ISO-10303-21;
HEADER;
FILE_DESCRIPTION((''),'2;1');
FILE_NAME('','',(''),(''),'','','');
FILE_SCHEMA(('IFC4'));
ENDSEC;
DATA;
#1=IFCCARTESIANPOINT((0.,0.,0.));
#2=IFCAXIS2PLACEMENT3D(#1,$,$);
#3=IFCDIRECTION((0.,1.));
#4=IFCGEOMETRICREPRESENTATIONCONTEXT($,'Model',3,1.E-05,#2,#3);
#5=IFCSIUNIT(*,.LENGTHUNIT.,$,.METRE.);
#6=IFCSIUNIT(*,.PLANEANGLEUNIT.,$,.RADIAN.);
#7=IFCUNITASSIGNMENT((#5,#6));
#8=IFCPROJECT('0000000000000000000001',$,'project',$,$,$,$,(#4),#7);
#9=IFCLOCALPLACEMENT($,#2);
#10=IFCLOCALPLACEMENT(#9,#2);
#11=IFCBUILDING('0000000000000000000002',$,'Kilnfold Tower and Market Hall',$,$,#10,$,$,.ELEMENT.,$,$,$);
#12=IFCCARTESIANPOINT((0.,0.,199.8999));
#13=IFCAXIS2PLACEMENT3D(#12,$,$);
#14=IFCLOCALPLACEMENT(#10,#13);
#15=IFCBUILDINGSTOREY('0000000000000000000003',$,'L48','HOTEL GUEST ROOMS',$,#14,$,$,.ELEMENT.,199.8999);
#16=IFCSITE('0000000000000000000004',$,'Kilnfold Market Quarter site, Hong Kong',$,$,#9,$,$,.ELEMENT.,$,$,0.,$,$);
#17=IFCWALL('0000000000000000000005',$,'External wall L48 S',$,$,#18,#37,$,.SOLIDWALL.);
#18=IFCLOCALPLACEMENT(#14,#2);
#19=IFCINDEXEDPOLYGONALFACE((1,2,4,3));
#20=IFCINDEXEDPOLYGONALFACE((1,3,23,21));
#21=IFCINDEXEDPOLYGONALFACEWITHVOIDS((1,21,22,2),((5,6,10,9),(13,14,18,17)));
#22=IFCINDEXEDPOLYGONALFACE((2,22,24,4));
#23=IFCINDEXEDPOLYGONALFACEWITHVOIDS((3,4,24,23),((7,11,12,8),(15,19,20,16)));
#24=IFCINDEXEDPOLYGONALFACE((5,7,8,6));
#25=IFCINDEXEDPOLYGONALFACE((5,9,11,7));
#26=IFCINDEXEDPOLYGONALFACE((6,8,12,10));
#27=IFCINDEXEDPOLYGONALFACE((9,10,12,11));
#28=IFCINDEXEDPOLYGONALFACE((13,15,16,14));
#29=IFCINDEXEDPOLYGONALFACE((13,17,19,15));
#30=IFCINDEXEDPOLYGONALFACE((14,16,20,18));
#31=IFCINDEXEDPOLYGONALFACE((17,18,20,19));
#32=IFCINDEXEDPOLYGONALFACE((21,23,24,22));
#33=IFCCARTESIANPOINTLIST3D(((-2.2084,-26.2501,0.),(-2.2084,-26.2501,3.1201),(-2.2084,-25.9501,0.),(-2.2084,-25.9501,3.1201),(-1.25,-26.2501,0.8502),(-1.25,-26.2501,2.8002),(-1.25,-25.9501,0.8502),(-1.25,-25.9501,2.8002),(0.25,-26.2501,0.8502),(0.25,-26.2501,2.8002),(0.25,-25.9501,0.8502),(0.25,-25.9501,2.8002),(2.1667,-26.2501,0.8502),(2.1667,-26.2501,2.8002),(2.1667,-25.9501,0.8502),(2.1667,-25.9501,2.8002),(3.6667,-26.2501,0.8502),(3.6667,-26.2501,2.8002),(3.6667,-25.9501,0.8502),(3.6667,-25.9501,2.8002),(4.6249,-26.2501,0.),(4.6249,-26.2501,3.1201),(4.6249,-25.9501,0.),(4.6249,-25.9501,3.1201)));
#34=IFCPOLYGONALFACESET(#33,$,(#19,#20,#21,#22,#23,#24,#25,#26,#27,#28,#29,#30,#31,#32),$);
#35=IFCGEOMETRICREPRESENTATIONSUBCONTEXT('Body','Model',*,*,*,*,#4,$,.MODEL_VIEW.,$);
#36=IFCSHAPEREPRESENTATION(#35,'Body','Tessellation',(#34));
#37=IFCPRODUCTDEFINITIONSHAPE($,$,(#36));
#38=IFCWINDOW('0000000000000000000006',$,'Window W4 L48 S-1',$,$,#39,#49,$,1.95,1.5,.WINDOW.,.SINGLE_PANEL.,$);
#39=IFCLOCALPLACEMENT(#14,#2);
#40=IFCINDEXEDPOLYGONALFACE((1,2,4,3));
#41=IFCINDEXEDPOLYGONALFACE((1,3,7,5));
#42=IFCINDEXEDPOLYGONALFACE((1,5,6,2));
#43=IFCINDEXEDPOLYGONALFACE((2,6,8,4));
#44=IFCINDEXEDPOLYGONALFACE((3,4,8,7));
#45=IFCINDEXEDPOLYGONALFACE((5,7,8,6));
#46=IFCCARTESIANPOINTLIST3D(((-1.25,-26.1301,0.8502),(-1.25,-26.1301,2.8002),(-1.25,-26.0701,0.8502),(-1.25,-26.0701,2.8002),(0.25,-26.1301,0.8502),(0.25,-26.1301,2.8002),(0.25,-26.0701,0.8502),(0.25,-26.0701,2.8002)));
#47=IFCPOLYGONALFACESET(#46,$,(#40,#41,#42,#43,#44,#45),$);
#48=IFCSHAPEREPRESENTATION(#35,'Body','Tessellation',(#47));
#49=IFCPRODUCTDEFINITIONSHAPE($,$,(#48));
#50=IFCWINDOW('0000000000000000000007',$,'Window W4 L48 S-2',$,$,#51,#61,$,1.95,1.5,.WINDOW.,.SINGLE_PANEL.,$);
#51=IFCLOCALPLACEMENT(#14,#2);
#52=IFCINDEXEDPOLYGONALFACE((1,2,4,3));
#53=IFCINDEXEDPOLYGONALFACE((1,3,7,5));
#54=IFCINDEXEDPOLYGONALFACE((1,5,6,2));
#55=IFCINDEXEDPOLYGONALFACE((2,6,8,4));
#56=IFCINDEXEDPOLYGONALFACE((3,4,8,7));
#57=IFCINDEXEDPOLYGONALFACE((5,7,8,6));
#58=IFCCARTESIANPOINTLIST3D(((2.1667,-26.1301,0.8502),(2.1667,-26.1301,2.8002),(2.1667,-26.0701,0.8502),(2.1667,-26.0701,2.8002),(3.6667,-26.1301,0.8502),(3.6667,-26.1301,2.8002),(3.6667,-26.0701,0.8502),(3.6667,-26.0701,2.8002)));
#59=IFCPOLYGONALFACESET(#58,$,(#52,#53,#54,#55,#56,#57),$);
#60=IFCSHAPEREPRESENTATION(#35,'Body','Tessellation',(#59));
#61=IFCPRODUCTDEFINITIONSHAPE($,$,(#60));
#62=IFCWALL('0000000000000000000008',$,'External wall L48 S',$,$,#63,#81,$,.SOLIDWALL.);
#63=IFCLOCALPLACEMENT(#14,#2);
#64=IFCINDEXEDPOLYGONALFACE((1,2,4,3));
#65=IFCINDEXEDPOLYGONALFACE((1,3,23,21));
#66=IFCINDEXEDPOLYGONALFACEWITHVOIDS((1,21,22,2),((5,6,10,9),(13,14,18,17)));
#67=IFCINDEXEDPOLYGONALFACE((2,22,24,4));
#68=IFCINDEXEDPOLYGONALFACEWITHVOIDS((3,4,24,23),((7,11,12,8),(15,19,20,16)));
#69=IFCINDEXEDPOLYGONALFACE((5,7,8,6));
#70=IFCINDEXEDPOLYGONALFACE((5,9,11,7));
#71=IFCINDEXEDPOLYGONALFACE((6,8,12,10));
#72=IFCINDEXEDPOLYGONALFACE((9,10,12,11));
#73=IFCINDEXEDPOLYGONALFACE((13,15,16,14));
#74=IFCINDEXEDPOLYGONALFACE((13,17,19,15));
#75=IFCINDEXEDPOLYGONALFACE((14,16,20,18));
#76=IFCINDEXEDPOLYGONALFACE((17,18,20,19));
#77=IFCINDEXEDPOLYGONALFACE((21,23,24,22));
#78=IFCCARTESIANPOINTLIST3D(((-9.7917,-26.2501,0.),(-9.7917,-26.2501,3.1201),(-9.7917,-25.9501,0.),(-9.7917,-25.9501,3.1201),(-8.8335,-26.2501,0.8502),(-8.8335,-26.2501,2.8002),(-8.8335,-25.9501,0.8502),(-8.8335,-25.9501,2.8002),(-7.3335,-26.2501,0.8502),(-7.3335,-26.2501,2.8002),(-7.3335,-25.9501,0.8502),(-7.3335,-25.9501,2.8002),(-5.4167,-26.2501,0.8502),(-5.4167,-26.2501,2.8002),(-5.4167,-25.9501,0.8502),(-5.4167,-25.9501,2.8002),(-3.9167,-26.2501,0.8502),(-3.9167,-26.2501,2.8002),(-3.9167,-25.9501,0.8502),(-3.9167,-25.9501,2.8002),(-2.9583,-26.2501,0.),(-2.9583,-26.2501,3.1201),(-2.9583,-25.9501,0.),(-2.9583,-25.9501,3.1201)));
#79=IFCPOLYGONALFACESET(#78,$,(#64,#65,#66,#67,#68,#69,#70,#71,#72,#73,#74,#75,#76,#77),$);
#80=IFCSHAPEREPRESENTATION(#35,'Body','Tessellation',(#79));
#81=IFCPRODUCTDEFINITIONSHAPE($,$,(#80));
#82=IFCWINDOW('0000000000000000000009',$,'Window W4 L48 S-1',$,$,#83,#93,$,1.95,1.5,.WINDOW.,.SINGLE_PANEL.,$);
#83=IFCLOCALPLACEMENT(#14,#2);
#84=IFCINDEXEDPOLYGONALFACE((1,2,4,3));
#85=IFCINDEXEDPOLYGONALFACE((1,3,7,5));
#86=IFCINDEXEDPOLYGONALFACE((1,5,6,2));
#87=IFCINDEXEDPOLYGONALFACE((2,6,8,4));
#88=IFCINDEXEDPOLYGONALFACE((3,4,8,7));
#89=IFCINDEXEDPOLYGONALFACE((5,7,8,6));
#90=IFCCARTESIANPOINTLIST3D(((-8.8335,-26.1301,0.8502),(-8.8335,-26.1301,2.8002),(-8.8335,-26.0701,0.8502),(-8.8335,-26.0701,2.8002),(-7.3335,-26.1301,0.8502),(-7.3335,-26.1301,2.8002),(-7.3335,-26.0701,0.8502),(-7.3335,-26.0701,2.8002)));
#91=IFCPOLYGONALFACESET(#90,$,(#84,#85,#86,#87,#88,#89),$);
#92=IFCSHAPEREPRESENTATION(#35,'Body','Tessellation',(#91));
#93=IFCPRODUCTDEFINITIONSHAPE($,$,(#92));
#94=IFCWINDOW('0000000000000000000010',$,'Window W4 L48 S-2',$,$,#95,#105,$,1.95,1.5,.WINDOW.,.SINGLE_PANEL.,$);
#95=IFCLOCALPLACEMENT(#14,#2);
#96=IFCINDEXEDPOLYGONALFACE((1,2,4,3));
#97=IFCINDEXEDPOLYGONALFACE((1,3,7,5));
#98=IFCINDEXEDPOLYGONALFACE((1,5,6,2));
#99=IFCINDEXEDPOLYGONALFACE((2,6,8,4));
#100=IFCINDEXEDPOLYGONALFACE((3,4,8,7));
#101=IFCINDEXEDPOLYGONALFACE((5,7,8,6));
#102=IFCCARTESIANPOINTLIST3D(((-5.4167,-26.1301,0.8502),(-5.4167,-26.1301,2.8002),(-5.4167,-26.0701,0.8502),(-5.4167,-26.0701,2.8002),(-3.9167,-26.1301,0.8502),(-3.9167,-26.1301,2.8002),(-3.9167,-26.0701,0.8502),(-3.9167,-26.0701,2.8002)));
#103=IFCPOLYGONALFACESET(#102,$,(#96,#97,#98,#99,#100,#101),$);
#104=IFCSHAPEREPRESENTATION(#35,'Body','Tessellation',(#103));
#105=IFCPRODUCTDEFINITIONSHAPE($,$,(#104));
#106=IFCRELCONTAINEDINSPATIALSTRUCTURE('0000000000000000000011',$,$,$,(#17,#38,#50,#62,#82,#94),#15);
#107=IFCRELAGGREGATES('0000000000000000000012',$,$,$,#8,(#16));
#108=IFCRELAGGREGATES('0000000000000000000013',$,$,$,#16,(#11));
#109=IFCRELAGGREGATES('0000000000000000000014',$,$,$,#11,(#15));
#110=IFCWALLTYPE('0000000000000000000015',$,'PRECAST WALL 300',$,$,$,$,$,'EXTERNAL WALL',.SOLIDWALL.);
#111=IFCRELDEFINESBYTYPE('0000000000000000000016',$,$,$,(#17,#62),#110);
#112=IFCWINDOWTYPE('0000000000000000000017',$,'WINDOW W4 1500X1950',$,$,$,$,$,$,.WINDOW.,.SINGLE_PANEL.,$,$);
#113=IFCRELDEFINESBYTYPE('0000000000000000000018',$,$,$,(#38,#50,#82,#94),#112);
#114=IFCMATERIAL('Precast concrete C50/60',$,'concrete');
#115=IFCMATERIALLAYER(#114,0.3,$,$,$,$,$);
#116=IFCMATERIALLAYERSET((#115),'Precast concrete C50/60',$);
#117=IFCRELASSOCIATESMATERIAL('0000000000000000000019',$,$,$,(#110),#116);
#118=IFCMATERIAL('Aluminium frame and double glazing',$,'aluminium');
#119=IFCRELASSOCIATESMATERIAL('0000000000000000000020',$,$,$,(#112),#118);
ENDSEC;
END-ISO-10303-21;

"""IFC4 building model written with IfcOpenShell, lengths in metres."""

from ifc_helpers import new_model, si_unit, direction, frame, frame_2d, origin, place, context, subcontext, project, spatial, rectangle, extrude, source, transform, mapped, material, layer, layer_set, type_object, element, fill, save


model = new_model("IFC4")

# Units and contexts
model_context = context("Model", 3, precision=1e-05, world=origin(), true_north=direction((0.0, 1.0)))
body_context = subcontext(model_context, "Body", "Model", "MODEL_VIEW")
ifc_project = project(units=[si_unit("LENGTHUNIT", "METRE"), si_unit("PLANEANGLEUNIT", "RADIAN")], contexts=[model_context])

# Site, building, storey
site_placement = place(None, origin())
site = spatial("IfcSite", under=ifc_project, at=site_placement, Name="Kilnfold Market Quarter site, Hong Kong", CompositionType="ELEMENT", RefElevation=0.0)
building_placement = place(site_placement, origin())
building = spatial("IfcBuilding", under=site, at=building_placement, Name="Kilnfold Tower and Market Hall", CompositionType="ELEMENT")
storey_placement = place(building_placement, frame((0.0, 0.0, 199.8999)))
storey = spatial("IfcBuildingStorey", under=building, at=storey_placement, Name="L48", Description="HOTEL GUEST ROOMS", CompositionType="ELEMENT", Elevation=199.8999)

# Walls, openings, windows
ifc_material_1 = material(Name="Precast concrete C50/60", Category="concrete")
ifc_layer_1 = layer(ifc_material_1, 0.3)
ifc_layer_set_1 = layer_set([ifc_layer_1], Name="Precast concrete C50/60")
wall_type_1 = type_object("IfcWallType", Name="PRECAST WALL 300", ElementType="EXTERNAL WALL", PredefinedType="SOLIDWALL", material=ifc_layer_set_1)
shared_shape_1 = source(origin(), body_context, "Body", "SweptSolid", [
    extrude(rectangle(XDim=6.8333, YDim=0.3, at=frame_2d((3.4165, 0.0))), origin(), (0.0, 0.0, 1.0), 3.1201),
])
wall_1_placement = place(storey_placement, frame((-2.2083, -26.1001, 0.0), z_axis=(0.0, 0.0, 1.0), x_axis=(1.0, 0.0, 0.0)))
wall_1 = element("IfcWall", 1, at=wall_1_placement, inside=storey, type_object=wall_type_1, Name="External wall L48 S", PredefinedType="SOLIDWALL", context=body_context, shape_type="MappedRepresentation", body=[
    mapped(shared_shape_1, transform((0.0, 0.0, 0.0))),
])
opening_1_placement = place(wall_1_placement, frame((0.9583, 0.0, 0.8501)))
opening_1 = element("IfcOpeningElement", 2, at=opening_1_placement, cuts=wall_1, PredefinedType="OPENING", context=body_context, shape_type="SweptSolid", body=[
    extrude(rectangle(XDim=1.5, YDim=1.95, at=frame_2d((0.75, 0.9751))), frame((0.0, 0.1602, 0.0), z_axis=(0.0, -1.0, 0.0), x_axis=(1.0, 0.0, 0.0)), (0.0, 0.0, 1.0), 0.3201),
])
opening_2_placement = place(wall_1_placement, frame((4.375, 0.0, 0.8501)))
opening_2 = element("IfcOpeningElement", 3, at=opening_2_placement, cuts=wall_1, PredefinedType="OPENING", context=body_context, shape_type="SweptSolid", body=[
    extrude(rectangle(XDim=1.5, YDim=1.95, at=frame_2d((0.75, 0.9751))), frame((0.0, 0.1602, 0.0), z_axis=(0.0, -1.0, 0.0), x_axis=(1.0, 0.0, 0.0)), (0.0, 0.0, 1.0), 0.3201),
])
ifc_material_2 = material(Name="Aluminium frame and double glazing", Category="aluminium")
window_type = type_object("IfcWindowType", Name="WINDOW W4 1500X1950", PartitioningType="SINGLE_PANEL", PredefinedType="WINDOW", material=ifc_material_2)
window_1_placement = place(opening_1_placement, origin())
window_1 = element("IfcWindow", 4, at=window_1_placement, inside=storey, type_object=window_type, Name="Window W4 L48 S-1", OverallHeight=1.95, OverallWidth=1.5, PartitioningType="SINGLE_PANEL", PredefinedType="WINDOW", context=body_context, shape_type="SweptSolid", body=[
    extrude(rectangle(XDim=1.5, YDim=1.95, at=frame_2d((0.75, 0.9751))), frame((0.0, 0.03, 0.0), z_axis=(0.0, -1.0, 0.0), x_axis=(1.0, 0.0, 0.0)), (0.0, 0.0, 1.0), 0.0601),
])
fill(opening_1, window_1)
window_2_placement = place(opening_2_placement, origin())
window_2 = element("IfcWindow", 5, at=window_2_placement, inside=storey, type_object=window_type, Name="Window W4 L48 S-2", OverallHeight=1.95, OverallWidth=1.5, PartitioningType="SINGLE_PANEL", PredefinedType="WINDOW", context=body_context, shape_type="SweptSolid", body=[
    extrude(rectangle(XDim=1.5, YDim=1.95, at=frame_2d((0.75, 0.9751))), frame((0.0, 0.03, 0.0), z_axis=(0.0, -1.0, 0.0), x_axis=(1.0, 0.0, 0.0)), (0.0, 0.0, 1.0), 0.0601),
])
fill(opening_2, window_2)
shared_shape_2 = source(origin(), body_context, "Body", "SweptSolid", [
    extrude(rectangle(XDim=6.8335, YDim=0.3, at=frame_2d((3.4167, 0.0))), origin(), (0.0, 0.0, 1.0), 3.1201),
])
wall_2_placement = place(storey_placement, frame((-9.7917, -26.1001, 0.0), z_axis=(0.0, 0.0, 1.0), x_axis=(1.0, 0.0, 0.0)))
wall_2 = element("IfcWall", 6, at=wall_2_placement, inside=storey, type_object=wall_type_1, Name="External wall L48 S", PredefinedType="SOLIDWALL", context=body_context, shape_type="MappedRepresentation", body=[
    mapped(shared_shape_2, transform((0.0, 0.0, 0.0))),
])
opening_3_placement = place(wall_2_placement, frame((0.9583, 0.0, 0.8501)))
opening_3 = element("IfcOpeningElement", 7, at=opening_3_placement, cuts=wall_2, PredefinedType="OPENING", context=body_context, shape_type="SweptSolid", body=[
    extrude(rectangle(XDim=1.5, YDim=1.95, at=frame_2d((0.75, 0.9751))), frame((0.0, 0.1602, 0.0), z_axis=(0.0, -1.0, 0.0), x_axis=(1.0, 0.0, 0.0)), (0.0, 0.0, 1.0), 0.3201),
])
opening_4_placement = place(wall_2_placement, frame((4.375, 0.0, 0.8501)))
opening_4 = element("IfcOpeningElement", 8, at=opening_4_placement, cuts=wall_2, PredefinedType="OPENING", context=body_context, shape_type="SweptSolid", body=[
    extrude(rectangle(XDim=1.5, YDim=1.95, at=frame_2d((0.75, 0.9751))), frame((0.0, 0.1602, 0.0), z_axis=(0.0, -1.0, 0.0), x_axis=(1.0, 0.0, 0.0)), (0.0, 0.0, 1.0), 0.3201),
])
window_3_placement = place(opening_3_placement, origin())
window_3 = element("IfcWindow", 9, at=window_3_placement, inside=storey, type_object=window_type, Name="Window W4 L48 S-1", OverallHeight=1.95, OverallWidth=1.5, PartitioningType="SINGLE_PANEL", PredefinedType="WINDOW", context=body_context, shape_type="SweptSolid", body=[
    extrude(rectangle(XDim=1.5, YDim=1.95, at=frame_2d((0.75, 0.9751))), frame((0.0, 0.03, 0.0), z_axis=(0.0, -1.0, 0.0), x_axis=(1.0, 0.0, 0.0)), (0.0, 0.0, 1.0), 0.0601),
])
fill(opening_3, window_3)
window_4_placement = place(opening_4_placement, origin())
window_4 = element("IfcWindow", 10, at=window_4_placement, inside=storey, type_object=window_type, Name="Window W4 L48 S-2", OverallHeight=1.95, OverallWidth=1.5, PartitioningType="SINGLE_PANEL", PredefinedType="WINDOW", context=body_context, shape_type="SweptSolid", body=[
    extrude(rectangle(XDim=1.5, YDim=1.95, at=frame_2d((0.75, 0.9751))), frame((0.0, 0.03, 0.0), z_axis=(0.0, -1.0, 0.0), x_axis=(1.0, 0.0, 0.0)), (0.0, 0.0, 1.0), 0.0601),
])
fill(opening_4, window_4)

save(model, "model.ifc")
